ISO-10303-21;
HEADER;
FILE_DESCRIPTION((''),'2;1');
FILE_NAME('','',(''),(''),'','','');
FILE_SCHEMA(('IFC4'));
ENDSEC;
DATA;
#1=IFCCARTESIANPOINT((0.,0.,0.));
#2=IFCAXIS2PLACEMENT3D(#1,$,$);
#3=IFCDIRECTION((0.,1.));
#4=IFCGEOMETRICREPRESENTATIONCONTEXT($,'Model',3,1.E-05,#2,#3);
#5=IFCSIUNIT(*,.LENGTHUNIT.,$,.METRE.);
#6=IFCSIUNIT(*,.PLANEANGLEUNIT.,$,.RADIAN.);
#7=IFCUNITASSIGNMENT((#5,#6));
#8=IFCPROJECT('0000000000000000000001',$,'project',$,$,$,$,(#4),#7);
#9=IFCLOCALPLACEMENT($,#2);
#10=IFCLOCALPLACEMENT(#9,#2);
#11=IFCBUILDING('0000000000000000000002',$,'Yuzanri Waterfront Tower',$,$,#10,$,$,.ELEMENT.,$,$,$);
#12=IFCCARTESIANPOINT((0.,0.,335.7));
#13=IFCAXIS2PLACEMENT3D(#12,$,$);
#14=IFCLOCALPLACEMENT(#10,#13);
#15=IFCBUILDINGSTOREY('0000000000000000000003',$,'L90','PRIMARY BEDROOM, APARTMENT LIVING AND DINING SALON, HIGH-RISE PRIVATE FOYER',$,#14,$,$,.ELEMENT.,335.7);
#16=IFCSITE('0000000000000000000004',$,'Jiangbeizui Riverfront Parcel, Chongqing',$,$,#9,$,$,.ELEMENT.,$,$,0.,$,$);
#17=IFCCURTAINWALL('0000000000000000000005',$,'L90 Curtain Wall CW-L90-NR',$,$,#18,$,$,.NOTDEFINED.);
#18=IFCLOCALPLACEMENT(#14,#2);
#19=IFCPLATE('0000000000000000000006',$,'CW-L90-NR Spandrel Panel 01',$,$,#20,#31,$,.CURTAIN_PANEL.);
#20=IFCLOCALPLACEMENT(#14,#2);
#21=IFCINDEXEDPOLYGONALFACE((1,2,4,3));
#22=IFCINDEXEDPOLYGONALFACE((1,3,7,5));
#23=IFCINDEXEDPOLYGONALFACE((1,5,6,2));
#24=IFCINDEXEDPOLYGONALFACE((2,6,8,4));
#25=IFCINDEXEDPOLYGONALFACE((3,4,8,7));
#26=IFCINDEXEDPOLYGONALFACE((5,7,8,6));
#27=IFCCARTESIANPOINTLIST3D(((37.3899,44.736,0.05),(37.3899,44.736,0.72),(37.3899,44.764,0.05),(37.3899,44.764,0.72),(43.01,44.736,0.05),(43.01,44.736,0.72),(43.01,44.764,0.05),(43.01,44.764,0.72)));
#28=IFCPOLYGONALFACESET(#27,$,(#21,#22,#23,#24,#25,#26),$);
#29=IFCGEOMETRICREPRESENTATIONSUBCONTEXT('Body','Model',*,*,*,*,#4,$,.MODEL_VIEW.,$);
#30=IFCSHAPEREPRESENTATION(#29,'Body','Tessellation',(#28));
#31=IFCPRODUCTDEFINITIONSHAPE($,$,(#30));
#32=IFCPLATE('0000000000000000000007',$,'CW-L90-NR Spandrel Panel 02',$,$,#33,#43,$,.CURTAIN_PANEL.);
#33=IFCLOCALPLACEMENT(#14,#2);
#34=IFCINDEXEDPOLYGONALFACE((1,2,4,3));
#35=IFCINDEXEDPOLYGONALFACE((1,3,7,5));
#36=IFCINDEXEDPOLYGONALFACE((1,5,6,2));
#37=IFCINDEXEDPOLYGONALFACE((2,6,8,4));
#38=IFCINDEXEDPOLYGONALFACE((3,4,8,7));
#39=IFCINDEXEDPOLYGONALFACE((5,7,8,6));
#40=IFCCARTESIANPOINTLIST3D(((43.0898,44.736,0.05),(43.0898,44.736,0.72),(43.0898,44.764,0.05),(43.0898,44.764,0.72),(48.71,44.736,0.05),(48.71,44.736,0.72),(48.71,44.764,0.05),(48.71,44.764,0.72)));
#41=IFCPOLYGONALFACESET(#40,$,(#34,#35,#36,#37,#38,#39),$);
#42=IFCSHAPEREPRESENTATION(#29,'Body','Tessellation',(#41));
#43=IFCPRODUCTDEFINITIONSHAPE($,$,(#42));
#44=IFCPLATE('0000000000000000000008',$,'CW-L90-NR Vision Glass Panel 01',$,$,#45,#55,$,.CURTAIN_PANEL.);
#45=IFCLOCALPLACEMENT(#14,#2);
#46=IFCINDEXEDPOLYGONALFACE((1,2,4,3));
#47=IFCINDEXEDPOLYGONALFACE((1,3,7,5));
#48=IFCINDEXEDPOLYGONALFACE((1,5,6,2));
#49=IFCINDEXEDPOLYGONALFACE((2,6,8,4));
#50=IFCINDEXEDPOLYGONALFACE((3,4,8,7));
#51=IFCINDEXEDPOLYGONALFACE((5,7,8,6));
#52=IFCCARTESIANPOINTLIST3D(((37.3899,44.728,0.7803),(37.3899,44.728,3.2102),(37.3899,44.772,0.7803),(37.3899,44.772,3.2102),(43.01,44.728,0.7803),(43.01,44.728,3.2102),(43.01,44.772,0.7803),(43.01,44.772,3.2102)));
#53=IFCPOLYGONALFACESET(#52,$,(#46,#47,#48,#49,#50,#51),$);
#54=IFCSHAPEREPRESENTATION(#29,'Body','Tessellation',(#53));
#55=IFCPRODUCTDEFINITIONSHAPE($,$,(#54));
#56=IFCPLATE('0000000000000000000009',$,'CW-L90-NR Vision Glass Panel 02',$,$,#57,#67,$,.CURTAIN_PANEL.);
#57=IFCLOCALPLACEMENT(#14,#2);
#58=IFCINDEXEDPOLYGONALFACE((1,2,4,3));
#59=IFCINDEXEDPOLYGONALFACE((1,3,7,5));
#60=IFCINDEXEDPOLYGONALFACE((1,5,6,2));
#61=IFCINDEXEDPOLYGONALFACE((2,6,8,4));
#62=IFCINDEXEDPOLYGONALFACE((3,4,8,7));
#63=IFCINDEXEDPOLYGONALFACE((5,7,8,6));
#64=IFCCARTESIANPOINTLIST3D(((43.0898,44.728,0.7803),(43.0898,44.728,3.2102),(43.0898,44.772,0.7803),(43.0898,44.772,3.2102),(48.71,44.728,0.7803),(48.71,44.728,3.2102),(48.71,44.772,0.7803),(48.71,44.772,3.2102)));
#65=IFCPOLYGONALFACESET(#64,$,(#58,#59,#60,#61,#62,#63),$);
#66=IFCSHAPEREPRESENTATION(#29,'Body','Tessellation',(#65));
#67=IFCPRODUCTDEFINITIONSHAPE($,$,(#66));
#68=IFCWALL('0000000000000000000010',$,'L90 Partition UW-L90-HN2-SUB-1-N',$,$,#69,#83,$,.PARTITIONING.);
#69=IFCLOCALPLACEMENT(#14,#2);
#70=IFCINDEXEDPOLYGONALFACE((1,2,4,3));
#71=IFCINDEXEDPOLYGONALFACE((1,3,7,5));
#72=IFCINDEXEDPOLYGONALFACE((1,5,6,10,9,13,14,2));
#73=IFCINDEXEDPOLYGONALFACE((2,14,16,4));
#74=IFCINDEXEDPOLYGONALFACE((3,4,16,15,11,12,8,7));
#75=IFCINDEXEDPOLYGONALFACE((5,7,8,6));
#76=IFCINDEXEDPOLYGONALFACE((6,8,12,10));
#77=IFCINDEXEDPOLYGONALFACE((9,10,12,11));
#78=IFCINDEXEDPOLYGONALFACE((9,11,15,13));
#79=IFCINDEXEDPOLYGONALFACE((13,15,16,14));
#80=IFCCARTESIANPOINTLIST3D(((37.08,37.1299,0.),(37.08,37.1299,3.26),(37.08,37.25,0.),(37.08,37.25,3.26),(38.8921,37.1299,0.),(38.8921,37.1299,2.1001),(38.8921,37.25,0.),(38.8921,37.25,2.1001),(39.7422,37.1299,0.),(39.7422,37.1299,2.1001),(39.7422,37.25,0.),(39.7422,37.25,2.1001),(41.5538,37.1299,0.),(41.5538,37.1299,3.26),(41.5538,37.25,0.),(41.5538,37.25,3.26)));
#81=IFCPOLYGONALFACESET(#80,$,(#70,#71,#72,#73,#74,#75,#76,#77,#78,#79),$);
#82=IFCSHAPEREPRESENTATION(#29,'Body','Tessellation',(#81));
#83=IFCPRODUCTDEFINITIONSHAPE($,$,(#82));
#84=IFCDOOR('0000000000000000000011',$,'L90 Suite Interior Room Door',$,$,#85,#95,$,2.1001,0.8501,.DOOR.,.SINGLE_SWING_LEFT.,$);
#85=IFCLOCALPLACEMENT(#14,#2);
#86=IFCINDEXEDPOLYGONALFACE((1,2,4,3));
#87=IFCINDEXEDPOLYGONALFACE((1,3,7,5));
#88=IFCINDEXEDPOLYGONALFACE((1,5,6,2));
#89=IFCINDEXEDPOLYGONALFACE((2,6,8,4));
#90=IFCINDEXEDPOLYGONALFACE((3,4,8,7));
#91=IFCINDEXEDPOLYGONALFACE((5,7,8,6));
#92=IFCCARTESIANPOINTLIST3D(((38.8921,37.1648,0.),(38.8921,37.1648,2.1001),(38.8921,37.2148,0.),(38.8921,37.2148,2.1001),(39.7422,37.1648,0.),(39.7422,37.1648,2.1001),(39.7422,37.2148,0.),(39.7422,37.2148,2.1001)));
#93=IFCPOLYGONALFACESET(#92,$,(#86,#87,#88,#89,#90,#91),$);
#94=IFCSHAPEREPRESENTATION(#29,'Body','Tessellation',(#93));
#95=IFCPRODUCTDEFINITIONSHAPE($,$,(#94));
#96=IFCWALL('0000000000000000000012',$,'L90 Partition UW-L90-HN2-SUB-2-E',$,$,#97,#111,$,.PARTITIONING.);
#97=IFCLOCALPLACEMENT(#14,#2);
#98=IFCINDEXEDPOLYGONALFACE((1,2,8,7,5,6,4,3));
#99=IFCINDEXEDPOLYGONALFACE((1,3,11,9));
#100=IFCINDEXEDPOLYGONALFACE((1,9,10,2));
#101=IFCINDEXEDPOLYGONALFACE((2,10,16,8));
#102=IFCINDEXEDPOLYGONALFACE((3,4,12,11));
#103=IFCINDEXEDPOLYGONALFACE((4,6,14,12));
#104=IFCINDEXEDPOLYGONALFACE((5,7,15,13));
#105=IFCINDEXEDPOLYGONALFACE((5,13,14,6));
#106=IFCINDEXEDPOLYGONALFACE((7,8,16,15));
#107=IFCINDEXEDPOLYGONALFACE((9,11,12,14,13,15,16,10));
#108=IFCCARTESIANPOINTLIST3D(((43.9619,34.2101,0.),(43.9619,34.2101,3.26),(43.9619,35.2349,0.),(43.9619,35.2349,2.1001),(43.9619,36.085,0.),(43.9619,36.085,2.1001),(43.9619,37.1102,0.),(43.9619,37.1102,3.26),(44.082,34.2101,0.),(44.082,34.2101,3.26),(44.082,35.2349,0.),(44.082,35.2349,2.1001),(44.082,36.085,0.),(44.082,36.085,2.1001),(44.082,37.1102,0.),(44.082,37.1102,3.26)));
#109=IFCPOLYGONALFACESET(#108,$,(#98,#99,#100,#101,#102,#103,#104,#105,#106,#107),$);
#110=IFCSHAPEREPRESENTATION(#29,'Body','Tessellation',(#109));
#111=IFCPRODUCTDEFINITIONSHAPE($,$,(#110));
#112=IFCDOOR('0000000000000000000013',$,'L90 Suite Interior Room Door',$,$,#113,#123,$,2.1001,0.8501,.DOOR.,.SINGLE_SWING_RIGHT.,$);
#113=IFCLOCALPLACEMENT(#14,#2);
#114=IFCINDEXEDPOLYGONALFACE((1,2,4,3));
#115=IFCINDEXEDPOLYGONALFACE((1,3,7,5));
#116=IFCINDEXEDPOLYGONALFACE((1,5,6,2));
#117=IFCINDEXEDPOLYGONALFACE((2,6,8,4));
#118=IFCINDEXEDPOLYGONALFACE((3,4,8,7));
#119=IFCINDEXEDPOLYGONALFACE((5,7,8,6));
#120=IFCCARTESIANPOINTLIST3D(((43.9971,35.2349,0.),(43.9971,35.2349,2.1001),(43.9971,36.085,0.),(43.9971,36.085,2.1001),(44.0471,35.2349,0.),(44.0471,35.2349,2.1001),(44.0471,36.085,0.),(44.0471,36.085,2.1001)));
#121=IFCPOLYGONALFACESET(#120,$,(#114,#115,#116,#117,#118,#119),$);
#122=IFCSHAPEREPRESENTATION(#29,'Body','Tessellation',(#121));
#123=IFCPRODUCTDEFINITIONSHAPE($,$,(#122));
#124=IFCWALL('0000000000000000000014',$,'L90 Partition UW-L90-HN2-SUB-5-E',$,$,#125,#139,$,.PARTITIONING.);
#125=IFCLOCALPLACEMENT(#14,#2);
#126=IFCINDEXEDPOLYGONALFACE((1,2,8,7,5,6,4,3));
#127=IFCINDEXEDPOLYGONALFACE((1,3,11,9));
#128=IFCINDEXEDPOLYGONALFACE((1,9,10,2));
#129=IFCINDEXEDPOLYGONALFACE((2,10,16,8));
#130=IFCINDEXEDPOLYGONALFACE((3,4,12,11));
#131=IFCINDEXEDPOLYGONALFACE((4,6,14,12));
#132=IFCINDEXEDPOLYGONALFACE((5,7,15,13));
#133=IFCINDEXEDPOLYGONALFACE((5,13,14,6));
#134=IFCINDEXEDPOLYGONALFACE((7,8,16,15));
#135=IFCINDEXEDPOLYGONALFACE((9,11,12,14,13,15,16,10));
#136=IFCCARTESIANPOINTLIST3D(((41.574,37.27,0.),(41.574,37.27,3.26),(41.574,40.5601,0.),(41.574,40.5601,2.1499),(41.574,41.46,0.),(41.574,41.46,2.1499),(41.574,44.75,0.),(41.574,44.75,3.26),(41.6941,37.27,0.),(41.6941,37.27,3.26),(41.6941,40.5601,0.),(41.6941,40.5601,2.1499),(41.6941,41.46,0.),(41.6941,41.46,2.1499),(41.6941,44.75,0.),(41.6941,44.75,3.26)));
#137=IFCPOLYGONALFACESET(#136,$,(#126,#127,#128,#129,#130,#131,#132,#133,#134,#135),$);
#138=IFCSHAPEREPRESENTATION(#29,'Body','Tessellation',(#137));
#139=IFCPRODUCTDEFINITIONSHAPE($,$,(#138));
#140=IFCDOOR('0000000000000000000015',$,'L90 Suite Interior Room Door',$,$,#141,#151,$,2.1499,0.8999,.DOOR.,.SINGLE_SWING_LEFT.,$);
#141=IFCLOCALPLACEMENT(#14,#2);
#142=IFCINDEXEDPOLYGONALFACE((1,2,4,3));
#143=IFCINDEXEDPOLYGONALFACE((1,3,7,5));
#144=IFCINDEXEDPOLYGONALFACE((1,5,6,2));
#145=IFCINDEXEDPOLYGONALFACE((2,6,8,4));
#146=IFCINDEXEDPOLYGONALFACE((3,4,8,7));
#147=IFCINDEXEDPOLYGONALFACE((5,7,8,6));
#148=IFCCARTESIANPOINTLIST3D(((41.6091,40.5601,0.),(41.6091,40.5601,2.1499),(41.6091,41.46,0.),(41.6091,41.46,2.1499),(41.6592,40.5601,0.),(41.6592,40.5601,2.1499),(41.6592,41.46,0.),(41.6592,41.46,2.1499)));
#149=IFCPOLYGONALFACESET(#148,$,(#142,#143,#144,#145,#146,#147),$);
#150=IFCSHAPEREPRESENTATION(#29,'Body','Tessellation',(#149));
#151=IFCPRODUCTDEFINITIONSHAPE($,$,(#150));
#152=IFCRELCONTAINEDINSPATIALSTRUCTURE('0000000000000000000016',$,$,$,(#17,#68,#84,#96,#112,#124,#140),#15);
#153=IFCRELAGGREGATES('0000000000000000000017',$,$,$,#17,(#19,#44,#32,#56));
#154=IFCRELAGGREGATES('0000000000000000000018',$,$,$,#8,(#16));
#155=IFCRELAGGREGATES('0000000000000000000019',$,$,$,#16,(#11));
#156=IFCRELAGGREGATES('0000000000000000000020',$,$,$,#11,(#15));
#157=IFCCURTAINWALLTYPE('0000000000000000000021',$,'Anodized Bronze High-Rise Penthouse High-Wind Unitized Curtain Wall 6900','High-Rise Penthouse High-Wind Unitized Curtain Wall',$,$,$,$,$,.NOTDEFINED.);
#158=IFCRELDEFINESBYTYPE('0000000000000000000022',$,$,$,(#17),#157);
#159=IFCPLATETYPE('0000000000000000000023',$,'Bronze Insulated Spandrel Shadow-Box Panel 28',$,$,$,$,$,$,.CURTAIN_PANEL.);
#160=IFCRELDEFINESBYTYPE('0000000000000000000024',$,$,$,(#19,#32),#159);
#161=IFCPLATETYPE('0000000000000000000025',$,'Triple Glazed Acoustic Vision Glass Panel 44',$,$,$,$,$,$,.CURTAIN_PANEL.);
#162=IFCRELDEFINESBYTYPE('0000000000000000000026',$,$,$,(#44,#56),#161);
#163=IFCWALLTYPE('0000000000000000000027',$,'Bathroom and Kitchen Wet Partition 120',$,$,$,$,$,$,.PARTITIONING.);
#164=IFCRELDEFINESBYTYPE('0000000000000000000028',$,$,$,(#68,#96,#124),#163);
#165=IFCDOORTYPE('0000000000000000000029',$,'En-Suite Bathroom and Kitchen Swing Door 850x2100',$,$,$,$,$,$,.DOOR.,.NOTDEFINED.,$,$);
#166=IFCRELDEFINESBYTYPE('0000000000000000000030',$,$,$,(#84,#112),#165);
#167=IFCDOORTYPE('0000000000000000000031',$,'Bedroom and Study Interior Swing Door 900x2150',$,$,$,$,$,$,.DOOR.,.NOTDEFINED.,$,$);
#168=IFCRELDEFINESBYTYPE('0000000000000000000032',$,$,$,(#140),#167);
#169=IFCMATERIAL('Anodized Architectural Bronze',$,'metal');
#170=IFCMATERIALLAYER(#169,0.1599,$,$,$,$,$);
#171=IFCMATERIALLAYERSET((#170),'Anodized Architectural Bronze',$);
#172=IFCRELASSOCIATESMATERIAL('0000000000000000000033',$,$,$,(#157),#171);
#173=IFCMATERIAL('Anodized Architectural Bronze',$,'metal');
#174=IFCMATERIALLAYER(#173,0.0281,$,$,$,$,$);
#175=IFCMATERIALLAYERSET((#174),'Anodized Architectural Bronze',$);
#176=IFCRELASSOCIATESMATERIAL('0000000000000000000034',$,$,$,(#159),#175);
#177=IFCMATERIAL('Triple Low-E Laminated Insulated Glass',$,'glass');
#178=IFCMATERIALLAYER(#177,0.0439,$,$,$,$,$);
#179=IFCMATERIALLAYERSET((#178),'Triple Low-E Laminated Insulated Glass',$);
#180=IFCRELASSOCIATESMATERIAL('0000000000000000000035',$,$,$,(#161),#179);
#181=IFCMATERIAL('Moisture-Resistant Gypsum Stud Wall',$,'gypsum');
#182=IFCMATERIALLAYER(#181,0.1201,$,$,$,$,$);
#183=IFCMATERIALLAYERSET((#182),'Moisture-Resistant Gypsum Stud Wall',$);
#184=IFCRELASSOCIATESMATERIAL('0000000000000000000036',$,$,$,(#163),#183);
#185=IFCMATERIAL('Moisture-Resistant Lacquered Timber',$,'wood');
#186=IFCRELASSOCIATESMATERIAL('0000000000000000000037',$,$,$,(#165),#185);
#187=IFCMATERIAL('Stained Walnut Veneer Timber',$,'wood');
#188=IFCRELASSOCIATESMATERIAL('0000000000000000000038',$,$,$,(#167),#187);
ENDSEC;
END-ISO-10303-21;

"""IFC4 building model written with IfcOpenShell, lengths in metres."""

from ifc_helpers import new_model, si_unit, direction, frame, frame_2d, origin, origin_2d, place, context, subcontext, project, spatial, rectangle, extrude, source, transform, mapped, material, layer, layer_set, type_object, element, fill, aggregate, save


model = new_model("IFC4")

# Units and contexts
model_context = context("Model", 3, precision=1e-05, world=origin(), true_north=direction((0.0, 1.0)))
body_context = subcontext(model_context, "Body", "Model", "MODEL_VIEW")
ifc_project = project(units=[si_unit("LENGTHUNIT", "METRE"), si_unit("PLANEANGLEUNIT", "RADIAN")], contexts=[model_context])

# Site, building, storey
site_placement = place(None, origin())
site = spatial("IfcSite", under=ifc_project, at=site_placement, Name="Jiangbeizui Riverfront Parcel, Chongqing", CompositionType="ELEMENT", RefElevation=0.0)
building_placement = place(site_placement, origin())
building = spatial("IfcBuilding", under=site, at=building_placement, Name="Yuzanri Waterfront Tower", CompositionType="ELEMENT")
storey_placement = place(building_placement, frame((0.0, 0.0, 335.7)))
storey = spatial("IfcBuildingStorey", under=building, at=storey_placement, Name="L90", Description="PRIMARY BEDROOM, APARTMENT LIVING AND DINING SALON, HIGH-RISE PRIVATE FOYER", CompositionType="ELEMENT", Elevation=335.7)

# Curtain wall, plates
ifc_material_1 = material(Name="Anodized Architectural Bronze", Category="metal")
ifc_layer_1 = layer(ifc_material_1, 0.1599)
ifc_layer_set_1 = layer_set([ifc_layer_1], Name="Anodized Architectural Bronze")
curtain_wall_type = type_object("IfcCurtainWallType", Name="Anodized Bronze High-Rise Penthouse High-Wind Unitized Curtain Wall 6900", Description="High-Rise Penthouse High-Wind Unitized Curtain Wall", PredefinedType="NOTDEFINED", material=ifc_layer_set_1)
curtain_wall_placement = place(storey_placement, origin())
curtain_wall = element("IfcCurtainWall", 1, at=curtain_wall_placement, inside=storey, type_object=curtain_wall_type, Name="L90 Curtain Wall CW-L90-NR", PredefinedType="NOTDEFINED")
ifc_material_2 = material(Name="Anodized Architectural Bronze", Category="metal")
ifc_layer_2 = layer(ifc_material_2, 0.0281)
ifc_layer_set_2 = layer_set([ifc_layer_2], Name="Anodized Architectural Bronze")
plate_type_1 = type_object("IfcPlateType", Name="Bronze Insulated Spandrel Shadow-Box Panel 28", PredefinedType="CURTAIN_PANEL", material=ifc_layer_set_2)
shared_shape_1 = source(origin(), body_context, "Body", "SweptSolid", [
    extrude(rectangle(XDim=5.6201, YDim=0.0281, at=origin_2d()), origin(), (0.0, 0.0, 1.0), 0.6699),
])
plate_1_placement = place(storey_placement, frame((40.2, 44.75, 0.05), z_axis=(0.0, 0.0, 1.0), x_axis=(1.0, 0.0, 0.0)))
plate_1 = element("IfcPlate", 2, at=plate_1_placement, type_object=plate_type_1, Name="CW-L90-NR Spandrel Panel 01", PredefinedType="CURTAIN_PANEL", context=body_context, shape_type="MappedRepresentation", body=[
    mapped(shared_shape_1, transform((0.0, 0.0, 0.0), scale=1.0)),
])
plate_2_placement = place(storey_placement, frame((45.8999, 44.75, 0.05), z_axis=(0.0, 0.0, 1.0), x_axis=(1.0, 0.0, 0.0)))
plate_2 = element("IfcPlate", 3, at=plate_2_placement, type_object=plate_type_1, Name="CW-L90-NR Spandrel Panel 02", PredefinedType="CURTAIN_PANEL", context=body_context, shape_type="MappedRepresentation", body=[
    mapped(shared_shape_1, transform((0.0, 0.0, 0.0), scale=1.0)),
])
ifc_material_3 = material(Name="Triple Low-E Laminated Insulated Glass", Category="glass")
ifc_layer_3 = layer(ifc_material_3, 0.0439)
ifc_layer_set_3 = layer_set([ifc_layer_3], Name="Triple Low-E Laminated Insulated Glass")
plate_type_2 = type_object("IfcPlateType", Name="Triple Glazed Acoustic Vision Glass Panel 44", PredefinedType="CURTAIN_PANEL", material=ifc_layer_set_3)
shared_shape_2 = source(origin(), body_context, "Body", "SweptSolid", [
    extrude(rectangle(XDim=5.6201, YDim=0.0439, at=origin_2d()), origin(), (0.0, 0.0, 1.0), 2.4299),
])
plate_3_placement = place(storey_placement, frame((40.2, 44.75, 0.7803), z_axis=(0.0, 0.0, 1.0), x_axis=(1.0, 0.0, 0.0)))
plate_3 = element("IfcPlate", 4, at=plate_3_placement, type_object=plate_type_2, Name="CW-L90-NR Vision Glass Panel 01", PredefinedType="CURTAIN_PANEL", context=body_context, shape_type="MappedRepresentation", body=[
    mapped(shared_shape_2, transform((0.0, 0.0, 0.0), scale=1.0)),
])
plate_4_placement = place(storey_placement, frame((45.8999, 44.75, 0.7803), z_axis=(0.0, 0.0, 1.0), x_axis=(1.0, 0.0, 0.0)))
plate_4 = element("IfcPlate", 5, at=plate_4_placement, type_object=plate_type_2, Name="CW-L90-NR Vision Glass Panel 02", PredefinedType="CURTAIN_PANEL", context=body_context, shape_type="MappedRepresentation", body=[
    mapped(shared_shape_2, transform((0.0, 0.0, 0.0), scale=1.0)),
])
aggregate(curtain_wall, [plate_1, plate_3, plate_2, plate_4])

# Walls, openings, doors
ifc_material_4 = material(Name="Moisture-Resistant Gypsum Stud Wall", Category="gypsum")
ifc_layer_4 = layer(ifc_material_4, 0.1201)
ifc_layer_set_4 = layer_set([ifc_layer_4], Name="Moisture-Resistant Gypsum Stud Wall")
wall_type = type_object("IfcWallType", Name="Bathroom and Kitchen Wet Partition 120", PredefinedType="PARTITIONING", material=ifc_layer_set_4)
wall_1_placement = place(storey_placement, frame((37.0801, 37.1899, 0.0), z_axis=(0.0, 0.0, 1.0), x_axis=(1.0, 0.0, 0.0)))
wall_1 = element("IfcWall", 6, at=wall_1_placement, inside=storey, type_object=wall_type, Name="L90 Partition UW-L90-HN2-SUB-1-N", PredefinedType="PARTITIONING", context=body_context, shape_type="SweptSolid", body=[
    extrude(rectangle(XDim=4.4739, YDim=0.1201, at=frame_2d((2.2368, 0.0))), origin(), (0.0, 0.0, 1.0), 3.26),
])
opening_1_placement = place(wall_1_placement, frame((1.812, 0.0, 0.0)))
opening_1 = element("IfcOpeningElement", 7, at=opening_1_placement, cuts=wall_1, PredefinedType="OPENING", context=body_context, shape_type="SweptSolid", body=[
    extrude(rectangle(XDim=0.8501, YDim=2.1001, at=frame_2d((0.425, 1.05))), frame((0.0, 0.075, 0.0), z_axis=(0.0, -1.0, 0.0), x_axis=(1.0, 0.0, 0.0)), (0.0, 0.0, 1.0), 0.1499),
])
ifc_material_5 = material(Name="Moisture-Resistant Lacquered Timber", Category="wood")
door_type_1 = type_object("IfcDoorType", Name="En-Suite Bathroom and Kitchen Swing Door 850x2100", OperationType="NOTDEFINED", PredefinedType="DOOR", material=ifc_material_5)
shared_shape_3 = source(origin(), body_context, "Body", "SweptSolid", [
    extrude(rectangle(XDim=0.8501, YDim=2.1001, at=frame_2d((0.425, 1.05))), frame((0.0, 0.0249, 0.0), z_axis=(0.0, -1.0, 0.0), x_axis=(1.0, 0.0, 0.0)), (0.0, 0.0, 1.0), 0.05),
])
door_1_placement = place(opening_1_placement, origin())
door_1 = element("IfcDoor", 8, at=door_1_placement, inside=storey, type_object=door_type_1, Name="L90 Suite Interior Room Door", OperationType="SINGLE_SWING_LEFT", OverallHeight=2.1001, OverallWidth=0.8501, PredefinedType="DOOR", context=body_context, shape_type="MappedRepresentation", body=[
    mapped(shared_shape_3, transform((0.0, 0.0, 0.0), scale=1.0)),
])
fill(opening_1, door_1)
wall_2_placement = place(storey_placement, frame((44.022, 34.21, 0.0), z_axis=(0.0, 0.0, 1.0), x_axis=(0.0, 1.0, 0.0)))
wall_2 = element("IfcWall", 9, at=wall_2_placement, inside=storey, type_object=wall_type, Name="L90 Partition UW-L90-HN2-SUB-2-E", PredefinedType="PARTITIONING", context=body_context, shape_type="SweptSolid", body=[
    extrude(rectangle(XDim=2.9001, YDim=0.1201, at=frame_2d((1.4502, 0.0))), origin(), (0.0, 0.0, 1.0), 3.26),
])
opening_2_placement = place(wall_2_placement, frame((1.0249, 0.0, 0.0)))
opening_2 = element("IfcOpeningElement", 10, at=opening_2_placement, cuts=wall_2, PredefinedType="OPENING", context=body_context, shape_type="SweptSolid", body=[
    extrude(rectangle(XDim=0.8501, YDim=2.1001, at=frame_2d((0.425, 1.05))), frame((0.0, 0.075, 0.0), z_axis=(0.0, -1.0, 0.0), x_axis=(1.0, 0.0, 0.0)), (0.0, 0.0, 1.0), 0.1499),
])
door_2_placement = place(opening_2_placement, origin())
door_2 = element("IfcDoor", 11, at=door_2_placement, inside=storey, type_object=door_type_1, Name="L90 Suite Interior Room Door", OperationType="SINGLE_SWING_RIGHT", OverallHeight=2.1001, OverallWidth=0.8501, PredefinedType="DOOR", context=body_context, shape_type="MappedRepresentation", body=[
    mapped(shared_shape_3, transform((0.0, 0.0, 0.0), scale=1.0)),
])
fill(opening_2, door_2)
wall_3_placement = place(storey_placement, frame((41.634, 37.27, 0.0), z_axis=(0.0, 0.0, 1.0), x_axis=(0.0, 1.0, 0.0)))
wall_3 = element("IfcWall", 12, at=wall_3_placement, inside=storey, type_object=wall_type, Name="L90 Partition UW-L90-HN2-SUB-5-E", PredefinedType="PARTITIONING", context=body_context, shape_type="SweptSolid", body=[
    extrude(rectangle(XDim=7.48, YDim=0.1201, at=frame_2d((3.74, 0.0))), origin(), (0.0, 0.0, 1.0), 3.26),
])
opening_3_placement = place(wall_3_placement, frame((3.29, 0.0, 0.0)))
opening_3 = element("IfcOpeningElement", 13, at=opening_3_placement, cuts=wall_3, PredefinedType="OPENING", context=body_context, shape_type="SweptSolid", body=[
    extrude(rectangle(XDim=0.8999, YDim=2.1499, at=frame_2d((0.45, 1.075))), frame((0.0, 0.075, 0.0), z_axis=(0.0, -1.0, 0.0), x_axis=(1.0, 0.0, 0.0)), (0.0, 0.0, 1.0), 0.1499),
])
ifc_material_6 = material(Name="Stained Walnut Veneer Timber", Category="wood")
door_type_2 = type_object("IfcDoorType", Name="Bedroom and Study Interior Swing Door 900x2150", OperationType="NOTDEFINED", PredefinedType="DOOR", material=ifc_material_6)
shared_shape_4 = source(origin(), body_context, "Body", "SweptSolid", [
    extrude(rectangle(XDim=0.8999, YDim=2.1499, at=frame_2d((0.45, 1.075))), frame((0.0, 0.0249, 0.0), z_axis=(0.0, -1.0, 0.0), x_axis=(1.0, 0.0, 0.0)), (0.0, 0.0, 1.0), 0.05),
])
door_3_placement = place(opening_3_placement, origin())
door_3 = element("IfcDoor", 14, at=door_3_placement, inside=storey, type_object=door_type_2, Name="L90 Suite Interior Room Door", OperationType="SINGLE_SWING_LEFT", OverallHeight=2.1499, OverallWidth=0.8999, PredefinedType="DOOR", context=body_context, shape_type="MappedRepresentation", body=[
    mapped(shared_shape_4, transform((0.0, 0.0, 0.0), scale=1.0)),
])
fill(opening_3, door_3)

save(model, "model.ifc")
